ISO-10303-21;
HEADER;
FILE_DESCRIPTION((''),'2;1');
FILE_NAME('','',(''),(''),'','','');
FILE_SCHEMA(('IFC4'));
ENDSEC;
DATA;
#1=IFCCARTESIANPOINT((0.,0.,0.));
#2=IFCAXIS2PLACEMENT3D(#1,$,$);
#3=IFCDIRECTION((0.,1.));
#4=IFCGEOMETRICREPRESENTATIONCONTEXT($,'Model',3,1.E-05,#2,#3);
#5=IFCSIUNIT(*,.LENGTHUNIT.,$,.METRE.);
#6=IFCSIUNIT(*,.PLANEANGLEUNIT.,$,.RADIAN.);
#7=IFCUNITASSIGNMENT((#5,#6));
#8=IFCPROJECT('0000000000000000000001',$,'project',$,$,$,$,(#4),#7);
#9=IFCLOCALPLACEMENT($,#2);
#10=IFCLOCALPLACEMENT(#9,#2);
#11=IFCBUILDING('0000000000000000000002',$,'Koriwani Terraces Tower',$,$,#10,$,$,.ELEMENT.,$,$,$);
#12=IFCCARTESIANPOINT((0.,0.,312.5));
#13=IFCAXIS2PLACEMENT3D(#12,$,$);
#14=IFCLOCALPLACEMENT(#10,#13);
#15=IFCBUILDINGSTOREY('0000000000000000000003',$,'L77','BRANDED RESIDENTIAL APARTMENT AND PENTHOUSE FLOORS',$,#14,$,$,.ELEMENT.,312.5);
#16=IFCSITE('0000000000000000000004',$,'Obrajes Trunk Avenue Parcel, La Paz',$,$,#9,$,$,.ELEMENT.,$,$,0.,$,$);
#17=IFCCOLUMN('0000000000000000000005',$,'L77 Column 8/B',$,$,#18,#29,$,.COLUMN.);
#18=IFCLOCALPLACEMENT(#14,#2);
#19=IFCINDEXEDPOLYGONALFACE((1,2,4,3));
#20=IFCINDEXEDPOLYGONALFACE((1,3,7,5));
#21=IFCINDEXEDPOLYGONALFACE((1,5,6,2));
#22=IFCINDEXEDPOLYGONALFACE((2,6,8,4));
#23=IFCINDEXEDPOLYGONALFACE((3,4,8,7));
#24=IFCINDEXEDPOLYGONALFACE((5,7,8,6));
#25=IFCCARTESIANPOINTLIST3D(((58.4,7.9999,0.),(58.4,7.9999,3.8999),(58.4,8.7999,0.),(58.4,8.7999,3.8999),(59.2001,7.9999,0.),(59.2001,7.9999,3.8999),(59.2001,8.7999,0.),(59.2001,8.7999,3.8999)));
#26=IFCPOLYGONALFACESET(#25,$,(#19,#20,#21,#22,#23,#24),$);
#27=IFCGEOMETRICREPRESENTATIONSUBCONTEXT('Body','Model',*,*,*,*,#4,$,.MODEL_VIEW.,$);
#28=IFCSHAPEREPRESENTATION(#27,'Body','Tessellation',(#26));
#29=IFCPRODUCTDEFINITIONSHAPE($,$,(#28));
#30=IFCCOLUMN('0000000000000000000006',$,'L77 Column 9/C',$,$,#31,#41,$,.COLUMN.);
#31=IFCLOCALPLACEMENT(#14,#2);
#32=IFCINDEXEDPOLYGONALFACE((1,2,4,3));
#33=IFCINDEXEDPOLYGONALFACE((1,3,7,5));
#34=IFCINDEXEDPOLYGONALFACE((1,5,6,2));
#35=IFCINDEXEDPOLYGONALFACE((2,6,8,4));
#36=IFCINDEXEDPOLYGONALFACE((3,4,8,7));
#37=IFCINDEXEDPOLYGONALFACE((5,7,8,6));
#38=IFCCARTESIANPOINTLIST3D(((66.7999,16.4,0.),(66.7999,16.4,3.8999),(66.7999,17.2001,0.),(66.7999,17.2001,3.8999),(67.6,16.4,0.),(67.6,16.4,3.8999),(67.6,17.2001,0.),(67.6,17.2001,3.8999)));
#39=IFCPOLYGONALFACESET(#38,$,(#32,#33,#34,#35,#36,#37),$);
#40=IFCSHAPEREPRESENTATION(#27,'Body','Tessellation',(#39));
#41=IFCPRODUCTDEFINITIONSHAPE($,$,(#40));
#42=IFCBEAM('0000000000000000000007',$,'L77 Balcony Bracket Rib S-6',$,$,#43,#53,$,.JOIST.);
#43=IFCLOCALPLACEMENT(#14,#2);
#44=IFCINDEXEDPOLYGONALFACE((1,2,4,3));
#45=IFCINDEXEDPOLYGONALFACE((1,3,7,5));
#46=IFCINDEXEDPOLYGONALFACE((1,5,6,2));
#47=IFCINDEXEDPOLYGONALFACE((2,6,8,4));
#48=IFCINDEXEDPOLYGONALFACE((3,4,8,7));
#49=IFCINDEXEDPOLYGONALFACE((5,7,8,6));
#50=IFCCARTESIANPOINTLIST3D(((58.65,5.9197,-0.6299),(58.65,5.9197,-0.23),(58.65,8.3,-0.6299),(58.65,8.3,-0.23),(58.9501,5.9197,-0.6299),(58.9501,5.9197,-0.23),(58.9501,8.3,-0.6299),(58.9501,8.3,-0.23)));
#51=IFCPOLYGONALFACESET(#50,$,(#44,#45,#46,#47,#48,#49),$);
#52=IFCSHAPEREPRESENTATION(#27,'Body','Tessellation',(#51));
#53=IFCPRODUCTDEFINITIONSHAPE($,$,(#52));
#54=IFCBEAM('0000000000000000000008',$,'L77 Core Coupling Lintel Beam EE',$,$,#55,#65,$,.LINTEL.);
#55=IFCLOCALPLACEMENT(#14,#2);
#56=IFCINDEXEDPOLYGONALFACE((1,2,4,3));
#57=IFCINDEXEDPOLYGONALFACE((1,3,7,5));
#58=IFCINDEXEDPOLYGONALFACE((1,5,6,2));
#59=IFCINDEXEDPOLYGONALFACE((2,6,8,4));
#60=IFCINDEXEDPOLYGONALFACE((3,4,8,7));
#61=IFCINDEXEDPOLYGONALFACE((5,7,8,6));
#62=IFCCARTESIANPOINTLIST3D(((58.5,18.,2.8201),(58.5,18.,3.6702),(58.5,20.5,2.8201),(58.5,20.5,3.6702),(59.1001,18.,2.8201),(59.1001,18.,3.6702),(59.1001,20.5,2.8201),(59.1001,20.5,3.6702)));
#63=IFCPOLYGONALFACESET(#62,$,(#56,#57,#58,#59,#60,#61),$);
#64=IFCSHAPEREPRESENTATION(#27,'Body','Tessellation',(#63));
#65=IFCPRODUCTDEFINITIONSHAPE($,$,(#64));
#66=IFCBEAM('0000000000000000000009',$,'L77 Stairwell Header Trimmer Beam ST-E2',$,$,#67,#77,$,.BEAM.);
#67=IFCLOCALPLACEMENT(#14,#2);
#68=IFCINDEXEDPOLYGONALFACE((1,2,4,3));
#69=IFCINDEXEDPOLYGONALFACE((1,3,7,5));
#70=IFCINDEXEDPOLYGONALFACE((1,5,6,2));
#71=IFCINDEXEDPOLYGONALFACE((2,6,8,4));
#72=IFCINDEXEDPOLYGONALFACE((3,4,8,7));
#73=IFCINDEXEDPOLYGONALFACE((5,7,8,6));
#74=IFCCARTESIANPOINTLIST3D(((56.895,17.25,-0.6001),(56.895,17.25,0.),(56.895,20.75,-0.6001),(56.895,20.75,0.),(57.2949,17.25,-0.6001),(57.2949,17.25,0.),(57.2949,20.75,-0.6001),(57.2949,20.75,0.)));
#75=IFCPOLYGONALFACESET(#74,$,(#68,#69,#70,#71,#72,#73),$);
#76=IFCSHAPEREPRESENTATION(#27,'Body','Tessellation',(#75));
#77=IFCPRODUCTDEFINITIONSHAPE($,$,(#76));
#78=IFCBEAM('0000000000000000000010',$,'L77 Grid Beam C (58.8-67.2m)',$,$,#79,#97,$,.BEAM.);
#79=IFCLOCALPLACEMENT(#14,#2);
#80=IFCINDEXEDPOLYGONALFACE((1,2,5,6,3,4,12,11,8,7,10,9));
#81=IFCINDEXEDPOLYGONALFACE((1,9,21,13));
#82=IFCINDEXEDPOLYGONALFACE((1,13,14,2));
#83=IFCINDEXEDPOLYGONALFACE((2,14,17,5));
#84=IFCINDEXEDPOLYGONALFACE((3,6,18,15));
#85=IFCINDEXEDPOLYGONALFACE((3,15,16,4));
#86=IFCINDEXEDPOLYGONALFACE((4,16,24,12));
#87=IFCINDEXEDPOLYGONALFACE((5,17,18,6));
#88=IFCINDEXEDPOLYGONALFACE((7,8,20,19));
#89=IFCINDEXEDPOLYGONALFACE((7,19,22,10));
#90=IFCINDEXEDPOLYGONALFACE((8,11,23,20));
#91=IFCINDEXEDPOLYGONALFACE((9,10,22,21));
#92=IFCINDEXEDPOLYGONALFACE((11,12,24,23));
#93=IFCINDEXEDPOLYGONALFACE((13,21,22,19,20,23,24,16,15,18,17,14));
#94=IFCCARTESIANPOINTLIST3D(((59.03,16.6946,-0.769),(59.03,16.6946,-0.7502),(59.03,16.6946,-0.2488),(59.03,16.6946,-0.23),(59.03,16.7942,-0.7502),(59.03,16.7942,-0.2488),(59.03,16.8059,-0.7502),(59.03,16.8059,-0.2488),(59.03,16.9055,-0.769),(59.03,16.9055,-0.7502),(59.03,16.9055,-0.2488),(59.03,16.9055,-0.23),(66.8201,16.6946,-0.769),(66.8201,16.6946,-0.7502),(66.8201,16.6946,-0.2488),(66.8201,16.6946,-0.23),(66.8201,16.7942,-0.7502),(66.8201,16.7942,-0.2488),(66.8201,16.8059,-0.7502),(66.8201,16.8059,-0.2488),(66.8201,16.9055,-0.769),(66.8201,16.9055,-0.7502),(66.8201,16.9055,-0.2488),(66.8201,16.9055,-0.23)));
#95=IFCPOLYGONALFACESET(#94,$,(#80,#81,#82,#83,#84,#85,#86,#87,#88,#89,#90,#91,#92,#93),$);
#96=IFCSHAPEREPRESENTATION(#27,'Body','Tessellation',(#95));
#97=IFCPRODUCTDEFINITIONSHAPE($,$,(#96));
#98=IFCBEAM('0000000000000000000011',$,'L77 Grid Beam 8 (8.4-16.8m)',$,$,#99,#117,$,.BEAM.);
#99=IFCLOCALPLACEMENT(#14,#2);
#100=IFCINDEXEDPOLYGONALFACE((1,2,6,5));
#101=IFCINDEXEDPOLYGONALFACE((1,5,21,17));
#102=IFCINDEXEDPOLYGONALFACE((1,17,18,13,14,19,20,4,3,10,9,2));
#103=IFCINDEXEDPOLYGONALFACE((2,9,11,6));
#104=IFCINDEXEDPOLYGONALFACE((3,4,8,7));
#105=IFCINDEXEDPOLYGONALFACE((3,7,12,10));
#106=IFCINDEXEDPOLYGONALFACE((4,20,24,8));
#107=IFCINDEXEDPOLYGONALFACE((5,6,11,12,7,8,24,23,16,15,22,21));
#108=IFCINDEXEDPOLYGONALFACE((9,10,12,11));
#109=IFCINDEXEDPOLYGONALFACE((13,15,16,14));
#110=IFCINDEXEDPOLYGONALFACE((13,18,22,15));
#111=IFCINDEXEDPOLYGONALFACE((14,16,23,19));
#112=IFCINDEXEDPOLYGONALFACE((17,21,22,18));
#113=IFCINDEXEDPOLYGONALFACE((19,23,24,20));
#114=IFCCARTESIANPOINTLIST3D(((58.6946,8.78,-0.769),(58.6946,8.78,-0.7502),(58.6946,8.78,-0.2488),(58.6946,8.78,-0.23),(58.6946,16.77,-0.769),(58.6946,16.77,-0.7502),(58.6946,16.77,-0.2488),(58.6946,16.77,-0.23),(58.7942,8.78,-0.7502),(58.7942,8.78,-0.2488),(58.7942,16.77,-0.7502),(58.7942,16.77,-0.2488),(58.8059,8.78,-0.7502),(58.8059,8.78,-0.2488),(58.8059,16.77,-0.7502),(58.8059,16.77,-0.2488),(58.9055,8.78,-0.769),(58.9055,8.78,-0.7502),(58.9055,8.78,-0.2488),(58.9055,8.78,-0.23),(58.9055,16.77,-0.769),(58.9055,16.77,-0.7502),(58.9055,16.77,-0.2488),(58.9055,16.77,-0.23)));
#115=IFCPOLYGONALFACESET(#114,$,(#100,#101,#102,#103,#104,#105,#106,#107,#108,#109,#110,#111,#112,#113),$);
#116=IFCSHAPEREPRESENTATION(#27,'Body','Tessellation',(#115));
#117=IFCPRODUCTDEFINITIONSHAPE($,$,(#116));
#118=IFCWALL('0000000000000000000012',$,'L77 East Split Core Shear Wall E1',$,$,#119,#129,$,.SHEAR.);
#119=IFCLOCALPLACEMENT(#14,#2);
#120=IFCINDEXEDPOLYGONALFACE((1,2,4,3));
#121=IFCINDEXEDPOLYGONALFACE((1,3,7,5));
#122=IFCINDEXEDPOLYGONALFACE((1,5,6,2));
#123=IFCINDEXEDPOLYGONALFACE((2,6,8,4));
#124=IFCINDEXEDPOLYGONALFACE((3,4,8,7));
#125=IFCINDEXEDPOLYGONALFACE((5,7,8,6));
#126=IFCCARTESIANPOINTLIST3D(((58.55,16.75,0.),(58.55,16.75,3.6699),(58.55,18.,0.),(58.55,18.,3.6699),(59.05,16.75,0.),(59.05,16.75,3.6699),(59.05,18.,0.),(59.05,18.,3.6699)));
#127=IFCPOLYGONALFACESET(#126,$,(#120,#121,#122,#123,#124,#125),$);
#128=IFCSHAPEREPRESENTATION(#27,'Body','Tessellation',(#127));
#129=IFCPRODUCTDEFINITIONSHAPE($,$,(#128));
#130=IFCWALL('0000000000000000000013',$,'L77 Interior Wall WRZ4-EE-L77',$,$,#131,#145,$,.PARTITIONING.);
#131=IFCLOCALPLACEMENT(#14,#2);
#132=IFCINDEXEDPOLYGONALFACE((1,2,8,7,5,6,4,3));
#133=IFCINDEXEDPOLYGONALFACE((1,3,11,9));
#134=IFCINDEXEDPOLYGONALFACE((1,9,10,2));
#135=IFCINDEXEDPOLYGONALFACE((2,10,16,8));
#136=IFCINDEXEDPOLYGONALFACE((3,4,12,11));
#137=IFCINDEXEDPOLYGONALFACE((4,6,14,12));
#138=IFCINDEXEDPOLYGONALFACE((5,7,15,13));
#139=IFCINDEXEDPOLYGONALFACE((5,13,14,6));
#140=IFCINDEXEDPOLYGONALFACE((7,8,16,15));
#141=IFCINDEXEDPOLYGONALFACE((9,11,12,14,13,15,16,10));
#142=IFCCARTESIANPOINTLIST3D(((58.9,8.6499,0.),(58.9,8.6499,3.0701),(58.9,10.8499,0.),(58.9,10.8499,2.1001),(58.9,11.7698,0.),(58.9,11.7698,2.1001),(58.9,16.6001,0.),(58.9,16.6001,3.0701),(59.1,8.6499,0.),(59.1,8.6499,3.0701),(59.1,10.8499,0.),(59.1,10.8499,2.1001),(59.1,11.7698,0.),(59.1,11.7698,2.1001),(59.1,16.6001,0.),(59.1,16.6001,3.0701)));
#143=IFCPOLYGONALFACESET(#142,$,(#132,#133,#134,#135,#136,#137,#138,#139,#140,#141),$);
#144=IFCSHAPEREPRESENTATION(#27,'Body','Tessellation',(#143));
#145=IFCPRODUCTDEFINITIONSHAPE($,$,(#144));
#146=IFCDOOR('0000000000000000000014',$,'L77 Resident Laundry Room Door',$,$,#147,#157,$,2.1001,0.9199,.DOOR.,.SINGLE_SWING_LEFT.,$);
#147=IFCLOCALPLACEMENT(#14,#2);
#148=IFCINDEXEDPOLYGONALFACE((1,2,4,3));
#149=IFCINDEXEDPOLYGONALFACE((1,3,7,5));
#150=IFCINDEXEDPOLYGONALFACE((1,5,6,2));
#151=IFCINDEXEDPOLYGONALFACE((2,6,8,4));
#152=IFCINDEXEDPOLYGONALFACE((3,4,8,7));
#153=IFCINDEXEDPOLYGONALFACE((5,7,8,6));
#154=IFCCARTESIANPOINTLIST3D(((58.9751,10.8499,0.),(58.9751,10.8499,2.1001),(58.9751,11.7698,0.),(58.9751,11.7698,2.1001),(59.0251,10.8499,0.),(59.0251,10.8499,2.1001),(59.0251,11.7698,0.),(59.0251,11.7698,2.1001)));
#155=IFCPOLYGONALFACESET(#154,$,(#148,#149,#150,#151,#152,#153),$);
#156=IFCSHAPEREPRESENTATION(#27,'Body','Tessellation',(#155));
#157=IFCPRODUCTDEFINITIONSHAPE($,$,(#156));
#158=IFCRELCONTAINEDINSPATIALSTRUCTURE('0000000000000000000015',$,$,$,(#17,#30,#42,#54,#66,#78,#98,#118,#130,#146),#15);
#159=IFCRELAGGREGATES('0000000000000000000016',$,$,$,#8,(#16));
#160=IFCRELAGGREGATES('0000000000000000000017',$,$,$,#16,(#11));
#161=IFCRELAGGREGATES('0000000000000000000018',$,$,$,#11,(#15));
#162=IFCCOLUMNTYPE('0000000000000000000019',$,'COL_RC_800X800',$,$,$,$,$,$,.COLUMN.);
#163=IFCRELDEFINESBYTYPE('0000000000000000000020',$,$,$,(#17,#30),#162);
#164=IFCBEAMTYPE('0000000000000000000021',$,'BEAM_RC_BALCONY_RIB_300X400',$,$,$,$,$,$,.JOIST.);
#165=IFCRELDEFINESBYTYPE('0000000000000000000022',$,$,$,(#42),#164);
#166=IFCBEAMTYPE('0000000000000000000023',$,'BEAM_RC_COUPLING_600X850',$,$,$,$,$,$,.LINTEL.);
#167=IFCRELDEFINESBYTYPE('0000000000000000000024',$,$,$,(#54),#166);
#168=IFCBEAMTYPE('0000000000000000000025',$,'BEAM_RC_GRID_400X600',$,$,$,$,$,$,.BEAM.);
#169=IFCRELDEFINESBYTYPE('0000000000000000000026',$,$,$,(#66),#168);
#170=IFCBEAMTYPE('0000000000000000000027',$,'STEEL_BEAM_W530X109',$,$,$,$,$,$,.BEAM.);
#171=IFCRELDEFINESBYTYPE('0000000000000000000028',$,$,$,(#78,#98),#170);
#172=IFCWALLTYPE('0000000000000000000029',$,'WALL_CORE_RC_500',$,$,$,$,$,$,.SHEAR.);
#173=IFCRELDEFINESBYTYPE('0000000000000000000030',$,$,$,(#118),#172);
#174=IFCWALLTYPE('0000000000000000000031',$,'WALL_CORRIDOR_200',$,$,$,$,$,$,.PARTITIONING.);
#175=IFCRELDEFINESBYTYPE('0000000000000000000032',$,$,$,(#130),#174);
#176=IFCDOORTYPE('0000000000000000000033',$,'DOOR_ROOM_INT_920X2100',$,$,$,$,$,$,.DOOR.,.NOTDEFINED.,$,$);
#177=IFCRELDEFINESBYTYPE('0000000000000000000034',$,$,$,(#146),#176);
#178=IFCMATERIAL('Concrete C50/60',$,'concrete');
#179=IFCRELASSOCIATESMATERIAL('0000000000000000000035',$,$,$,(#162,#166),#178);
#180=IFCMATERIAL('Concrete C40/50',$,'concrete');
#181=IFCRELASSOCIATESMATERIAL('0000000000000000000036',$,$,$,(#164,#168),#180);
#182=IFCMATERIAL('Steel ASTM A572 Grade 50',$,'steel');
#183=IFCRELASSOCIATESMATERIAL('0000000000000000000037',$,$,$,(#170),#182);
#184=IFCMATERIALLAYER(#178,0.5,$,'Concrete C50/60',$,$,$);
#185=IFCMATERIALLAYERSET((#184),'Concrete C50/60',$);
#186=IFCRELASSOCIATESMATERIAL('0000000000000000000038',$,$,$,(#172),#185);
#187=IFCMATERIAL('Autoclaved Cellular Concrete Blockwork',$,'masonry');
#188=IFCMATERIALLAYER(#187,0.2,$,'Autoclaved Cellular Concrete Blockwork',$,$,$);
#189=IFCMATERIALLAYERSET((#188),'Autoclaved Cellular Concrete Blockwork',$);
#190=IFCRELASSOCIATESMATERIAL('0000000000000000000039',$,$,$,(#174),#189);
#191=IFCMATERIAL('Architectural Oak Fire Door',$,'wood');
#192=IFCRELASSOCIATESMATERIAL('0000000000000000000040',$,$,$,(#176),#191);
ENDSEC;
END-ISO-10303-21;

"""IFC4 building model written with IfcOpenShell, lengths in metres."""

from ifc_helpers import new_model, si_unit, direction, frame, frame_2d, origin, origin_2d, place, context, subcontext, project, spatial, rectangle, i_section, extrude, material, layer, layer_set, material_profile, profile_set, type_object, element, fill, save


model = new_model("IFC4")

# Units and contexts
model_context = context("Model", 3, precision=1e-05, world=origin(), true_north=direction((0.0, 1.0)))
body_context = subcontext(model_context, "Body", "Model", "MODEL_VIEW")
ifc_project = project(units=[si_unit("LENGTHUNIT", "METRE"), si_unit("PLANEANGLEUNIT", "RADIAN")], contexts=[model_context])

# Site, building, storey
site_placement = place(None, origin())
site = spatial("IfcSite", under=ifc_project, at=site_placement, Name="Obrajes Trunk Avenue Parcel, La Paz", CompositionType="ELEMENT", RefElevation=0.0)
building_placement = place(site_placement, origin())
building = spatial("IfcBuilding", under=site, at=building_placement, Name="Koriwani Terraces Tower", CompositionType="ELEMENT")
storey_placement = place(building_placement, frame((0.0, 0.0, 312.5)))
storey = spatial("IfcBuildingStorey", under=building, at=storey_placement, Name="L77", Description="BRANDED RESIDENTIAL APARTMENT AND PENTHOUSE FLOORS", CompositionType="ELEMENT", Elevation=312.5)

# Columns
ifc_material_1 = material(Name="Concrete C50/60", Category="concrete")
ifc_material_profile_1 = material_profile(ifc_material_1, rectangle(XDim=0.8, YDim=0.8, at=origin_2d()), Name="Concrete C50/60", Category="LoadBearing")
ifc_profile_set_1 = profile_set([ifc_material_profile_1], Name="Concrete C50/60")
column_type = type_object("IfcColumnType", Name="COL_RC_800X800", PredefinedType="COLUMN", material=ifc_profile_set_1)
for number, where, z_axis, x_axis, name in (
    (1, (58.8, 8.3999, 0.0), (0.0, 0.0, 1.0), (1.0, 0.0, 0.0), "L77 Column 8/B"),
    (2, (67.2, 16.8, 0.0), (0.0, 0.0, 1.0), (1.0, 0.0, 0.0), "L77 Column 9/C"),
):
    element("IfcColumn", number, at=place(storey_placement, frame(where, z_axis=z_axis, x_axis=x_axis)), inside=storey, type_object=column_type, Name=name, PredefinedType="COLUMN", context=body_context, shape_type="SweptSolid", body=[
        extrude(rectangle(XDim=0.8, YDim=0.8, at=origin_2d()), origin(), (0.0, 0.0, 1.0), 3.8999),
    ])

# Beams
ifc_material_2 = material(Name="Concrete C40/50", Category="concrete")
ifc_material_profile_2 = material_profile(ifc_material_2, rectangle(XDim=0.3, YDim=0.3999, at=origin_2d()), Name="Concrete C40/50", Category="LoadBearing")
ifc_profile_set_2 = profile_set([ifc_material_profile_2], Name="Concrete C40/50")
beam_type_1 = type_object("IfcBeamType", Name="BEAM_RC_BALCONY_RIB_300X400", PredefinedType="JOIST", material=ifc_profile_set_2)
beam_1_placement = place(storey_placement, frame((58.8, 5.9197, -0.4299), z_axis=(0.0, 1.0, 0.0), x_axis=(-1.0, 0.0, 0.0)))
element("IfcBeam", 3, at=beam_1_placement, inside=storey, type_object=beam_type_1, Name="L77 Balcony Bracket Rib S-6", PredefinedType="JOIST", context=body_context, shape_type="SweptSolid", body=[
    extrude(rectangle(XDim=0.3, YDim=0.3999, at=origin_2d()), origin(), (0.0, 0.0, 1.0), 2.3804),
])
ifc_material_profile_3 = material_profile(ifc_material_1, rectangle(XDim=0.6001, YDim=0.8501, at=origin_2d()), Name="Concrete C50/60", Category="LoadBearing")
ifc_profile_set_3 = profile_set([ifc_material_profile_3], Name="Concrete C50/60")
beam_type_2 = type_object("IfcBeamType", Name="BEAM_RC_COUPLING_600X850", PredefinedType="LINTEL", material=ifc_profile_set_3)
beam_2_placement = place(storey_placement, frame((58.8, 18.0, 3.2451), z_axis=(0.0, 1.0, 0.0), x_axis=(-1.0, 0.0, 0.0)))
element("IfcBeam", 4, at=beam_2_placement, inside=storey, type_object=beam_type_2, Name="L77 Core Coupling Lintel Beam EE", PredefinedType="LINTEL", context=body_context, shape_type="SweptSolid", body=[
    extrude(rectangle(XDim=0.6001, YDim=0.8501, at=origin_2d()), origin(), (0.0, 0.0, 1.0), 2.5),
])
ifc_material_profile_4 = material_profile(ifc_material_2, rectangle(XDim=0.3999, YDim=0.6001, at=origin_2d()), Name="Concrete C40/50", Category="LoadBearing")
ifc_profile_set_4 = profile_set([ifc_material_profile_4], Name="Concrete C40/50")
beam_type_3 = type_object("IfcBeamType", Name="BEAM_RC_GRID_400X600", PredefinedType="BEAM", material=ifc_profile_set_4)
beam_3_placement = place(storey_placement, frame((57.095, 17.25, -0.3), z_axis=(0.0, 1.0, 0.0), x_axis=(-1.0, 0.0, 0.0)))
element("IfcBeam", 5, at=beam_3_placement, inside=storey, type_object=beam_type_3, Name="L77 Stairwell Header Trimmer Beam ST-E2", PredefinedType="BEAM", context=body_context, shape_type="SweptSolid", body=[
    extrude(rectangle(XDim=0.3999, YDim=0.6001, at=origin_2d()), origin(), (0.0, 0.0, 1.0), 3.5),
])
ifc_material_3 = material(Name="Steel ASTM A572 Grade 50", Category="steel")
ifc_material_profile_5 = material_profile(ifc_material_3, i_section(OverallWidth=0.2109, OverallDepth=0.5391, WebThickness=0.0117, FlangeThickness=0.0188, at=origin_2d()), Name="Steel ASTM A572 Grade 50", Category="LoadBearing")
ifc_profile_set_5 = profile_set([ifc_material_profile_5], Name="Steel ASTM A572 Grade 50")
beam_type_4 = type_object("IfcBeamType", Name="STEEL_BEAM_W530X109", PredefinedType="BEAM", material=ifc_profile_set_5)
beam_4_placement = place(storey_placement, frame((59.03, 16.8, -0.4995), z_axis=(1.0, 0.0, 0.0), x_axis=(0.0, 1.0, 0.0)))
element("IfcBeam", 6, at=beam_4_placement, inside=storey, type_object=beam_type_4, Name="L77 Grid Beam C (58.8-67.2m)", PredefinedType="BEAM", context=body_context, shape_type="SweptSolid", body=[
    extrude(i_section(OverallWidth=0.2109, OverallDepth=0.5391, WebThickness=0.0117, FlangeThickness=0.0188, at=origin_2d()), origin(), (0.0, 0.0, 1.0), 7.79),
])
beam_5_placement = place(storey_placement, frame((58.8, 8.78, -0.4995), z_axis=(0.0, 1.0, 0.0), x_axis=(-1.0, 0.0, 0.0)))
element("IfcBeam", 7, at=beam_5_placement, inside=storey, type_object=beam_type_4, Name="L77 Grid Beam 8 (8.4-16.8m)", PredefinedType="BEAM", context=body_context, shape_type="SweptSolid", body=[
    extrude(i_section(OverallWidth=0.2109, OverallDepth=0.5391, WebThickness=0.0117, FlangeThickness=0.0188, at=origin_2d()), origin(), (0.0, 0.0, 1.0), 7.99),
])

# Wall
ifc_layer_1 = layer(ifc_material_1, 0.5, Name="Concrete C50/60")
ifc_layer_set_1 = layer_set([ifc_layer_1], Name="Concrete C50/60")
wall_type_1 = type_object("IfcWallType", Name="WALL_CORE_RC_500", PredefinedType="SHEAR", material=ifc_layer_set_1)
wall_1_placement = place(storey_placement, frame((58.8, 16.75, 0.0), z_axis=(0.0, 0.0, 1.0), x_axis=(0.0, 1.0, 0.0)))
element("IfcWall", 8, at=wall_1_placement, inside=storey, type_object=wall_type_1, Name="L77 East Split Core Shear Wall E1", PredefinedType="SHEAR", context=body_context, shape_type="SweptSolid", body=[
    extrude(rectangle(XDim=1.25, YDim=0.5, at=frame_2d((0.625, 0.0))), origin(), (0.0, 0.0, 1.0), 3.6699),
])

# Wall, opening, door
ifc_material_4 = material(Name="Autoclaved Cellular Concrete Blockwork", Category="masonry")
ifc_layer_2 = layer(ifc_material_4, 0.2, Name="Autoclaved Cellular Concrete Blockwork")
ifc_layer_set_2 = layer_set([ifc_layer_2], Name="Autoclaved Cellular Concrete Blockwork")
wall_type_2 = type_object("IfcWallType", Name="WALL_CORRIDOR_200", PredefinedType="PARTITIONING", material=ifc_layer_set_2)
wall_2_placement = place(storey_placement, frame((59.0, 8.6499, 0.0), z_axis=(0.0, 0.0, 1.0), x_axis=(0.0, 1.0, 0.0)))
wall_2 = element("IfcWall", 9, at=wall_2_placement, inside=storey, type_object=wall_type_2, Name="L77 Interior Wall WRZ4-EE-L77", PredefinedType="PARTITIONING", context=body_context, shape_type="SweptSolid", body=[
    extrude(rectangle(XDim=7.9502, YDim=0.2, at=frame_2d((3.9751, 0.0))), origin(), (0.0, 0.0, 1.0), 3.0701),
])
opening_1_placement = place(wall_2_placement, frame((2.2, 0.0, 0.0)))
opening_1 = element("IfcOpeningElement", 10, at=opening_1_placement, cuts=wall_2, PredefinedType="OPENING", context=body_context, shape_type="SweptSolid", body=[
    extrude(rectangle(XDim=0.9199, YDim=2.1001, at=frame_2d((0.46, 1.05))), frame((0.0, 0.1099, 0.0), z_axis=(0.0, -1.0, 0.0), x_axis=(1.0, 0.0, 0.0)), (0.0, 0.0, 1.0), 0.22),
])
ifc_material_5 = material(Name="Architectural Oak Fire Door", Category="wood")
door_type_1 = type_object("IfcDoorType", Name="DOOR_ROOM_INT_920X2100", OperationType="NOTDEFINED", PredefinedType="DOOR", material=ifc_material_5)
door_1_placement = place(opening_1_placement, origin())
door_1 = element("IfcDoor", 11, at=door_1_placement, inside=storey, type_object=door_type_1, Name="L77 Resident Laundry Room Door", OperationType="SINGLE_SWING_LEFT", OverallHeight=2.1001, OverallWidth=0.9199, PredefinedType="DOOR", context=body_context, shape_type="SweptSolid", body=[
    extrude(rectangle(XDim=0.9199, YDim=2.1001, at=frame_2d((0.46, 1.05))), frame((0.0, 0.0249, 0.0), z_axis=(0.0, -1.0, 0.0), x_axis=(1.0, 0.0, 0.0)), (0.0, 0.0, 1.0), 0.05),
])
fill(opening_1, door_1)

save(model, "model.ifc")
